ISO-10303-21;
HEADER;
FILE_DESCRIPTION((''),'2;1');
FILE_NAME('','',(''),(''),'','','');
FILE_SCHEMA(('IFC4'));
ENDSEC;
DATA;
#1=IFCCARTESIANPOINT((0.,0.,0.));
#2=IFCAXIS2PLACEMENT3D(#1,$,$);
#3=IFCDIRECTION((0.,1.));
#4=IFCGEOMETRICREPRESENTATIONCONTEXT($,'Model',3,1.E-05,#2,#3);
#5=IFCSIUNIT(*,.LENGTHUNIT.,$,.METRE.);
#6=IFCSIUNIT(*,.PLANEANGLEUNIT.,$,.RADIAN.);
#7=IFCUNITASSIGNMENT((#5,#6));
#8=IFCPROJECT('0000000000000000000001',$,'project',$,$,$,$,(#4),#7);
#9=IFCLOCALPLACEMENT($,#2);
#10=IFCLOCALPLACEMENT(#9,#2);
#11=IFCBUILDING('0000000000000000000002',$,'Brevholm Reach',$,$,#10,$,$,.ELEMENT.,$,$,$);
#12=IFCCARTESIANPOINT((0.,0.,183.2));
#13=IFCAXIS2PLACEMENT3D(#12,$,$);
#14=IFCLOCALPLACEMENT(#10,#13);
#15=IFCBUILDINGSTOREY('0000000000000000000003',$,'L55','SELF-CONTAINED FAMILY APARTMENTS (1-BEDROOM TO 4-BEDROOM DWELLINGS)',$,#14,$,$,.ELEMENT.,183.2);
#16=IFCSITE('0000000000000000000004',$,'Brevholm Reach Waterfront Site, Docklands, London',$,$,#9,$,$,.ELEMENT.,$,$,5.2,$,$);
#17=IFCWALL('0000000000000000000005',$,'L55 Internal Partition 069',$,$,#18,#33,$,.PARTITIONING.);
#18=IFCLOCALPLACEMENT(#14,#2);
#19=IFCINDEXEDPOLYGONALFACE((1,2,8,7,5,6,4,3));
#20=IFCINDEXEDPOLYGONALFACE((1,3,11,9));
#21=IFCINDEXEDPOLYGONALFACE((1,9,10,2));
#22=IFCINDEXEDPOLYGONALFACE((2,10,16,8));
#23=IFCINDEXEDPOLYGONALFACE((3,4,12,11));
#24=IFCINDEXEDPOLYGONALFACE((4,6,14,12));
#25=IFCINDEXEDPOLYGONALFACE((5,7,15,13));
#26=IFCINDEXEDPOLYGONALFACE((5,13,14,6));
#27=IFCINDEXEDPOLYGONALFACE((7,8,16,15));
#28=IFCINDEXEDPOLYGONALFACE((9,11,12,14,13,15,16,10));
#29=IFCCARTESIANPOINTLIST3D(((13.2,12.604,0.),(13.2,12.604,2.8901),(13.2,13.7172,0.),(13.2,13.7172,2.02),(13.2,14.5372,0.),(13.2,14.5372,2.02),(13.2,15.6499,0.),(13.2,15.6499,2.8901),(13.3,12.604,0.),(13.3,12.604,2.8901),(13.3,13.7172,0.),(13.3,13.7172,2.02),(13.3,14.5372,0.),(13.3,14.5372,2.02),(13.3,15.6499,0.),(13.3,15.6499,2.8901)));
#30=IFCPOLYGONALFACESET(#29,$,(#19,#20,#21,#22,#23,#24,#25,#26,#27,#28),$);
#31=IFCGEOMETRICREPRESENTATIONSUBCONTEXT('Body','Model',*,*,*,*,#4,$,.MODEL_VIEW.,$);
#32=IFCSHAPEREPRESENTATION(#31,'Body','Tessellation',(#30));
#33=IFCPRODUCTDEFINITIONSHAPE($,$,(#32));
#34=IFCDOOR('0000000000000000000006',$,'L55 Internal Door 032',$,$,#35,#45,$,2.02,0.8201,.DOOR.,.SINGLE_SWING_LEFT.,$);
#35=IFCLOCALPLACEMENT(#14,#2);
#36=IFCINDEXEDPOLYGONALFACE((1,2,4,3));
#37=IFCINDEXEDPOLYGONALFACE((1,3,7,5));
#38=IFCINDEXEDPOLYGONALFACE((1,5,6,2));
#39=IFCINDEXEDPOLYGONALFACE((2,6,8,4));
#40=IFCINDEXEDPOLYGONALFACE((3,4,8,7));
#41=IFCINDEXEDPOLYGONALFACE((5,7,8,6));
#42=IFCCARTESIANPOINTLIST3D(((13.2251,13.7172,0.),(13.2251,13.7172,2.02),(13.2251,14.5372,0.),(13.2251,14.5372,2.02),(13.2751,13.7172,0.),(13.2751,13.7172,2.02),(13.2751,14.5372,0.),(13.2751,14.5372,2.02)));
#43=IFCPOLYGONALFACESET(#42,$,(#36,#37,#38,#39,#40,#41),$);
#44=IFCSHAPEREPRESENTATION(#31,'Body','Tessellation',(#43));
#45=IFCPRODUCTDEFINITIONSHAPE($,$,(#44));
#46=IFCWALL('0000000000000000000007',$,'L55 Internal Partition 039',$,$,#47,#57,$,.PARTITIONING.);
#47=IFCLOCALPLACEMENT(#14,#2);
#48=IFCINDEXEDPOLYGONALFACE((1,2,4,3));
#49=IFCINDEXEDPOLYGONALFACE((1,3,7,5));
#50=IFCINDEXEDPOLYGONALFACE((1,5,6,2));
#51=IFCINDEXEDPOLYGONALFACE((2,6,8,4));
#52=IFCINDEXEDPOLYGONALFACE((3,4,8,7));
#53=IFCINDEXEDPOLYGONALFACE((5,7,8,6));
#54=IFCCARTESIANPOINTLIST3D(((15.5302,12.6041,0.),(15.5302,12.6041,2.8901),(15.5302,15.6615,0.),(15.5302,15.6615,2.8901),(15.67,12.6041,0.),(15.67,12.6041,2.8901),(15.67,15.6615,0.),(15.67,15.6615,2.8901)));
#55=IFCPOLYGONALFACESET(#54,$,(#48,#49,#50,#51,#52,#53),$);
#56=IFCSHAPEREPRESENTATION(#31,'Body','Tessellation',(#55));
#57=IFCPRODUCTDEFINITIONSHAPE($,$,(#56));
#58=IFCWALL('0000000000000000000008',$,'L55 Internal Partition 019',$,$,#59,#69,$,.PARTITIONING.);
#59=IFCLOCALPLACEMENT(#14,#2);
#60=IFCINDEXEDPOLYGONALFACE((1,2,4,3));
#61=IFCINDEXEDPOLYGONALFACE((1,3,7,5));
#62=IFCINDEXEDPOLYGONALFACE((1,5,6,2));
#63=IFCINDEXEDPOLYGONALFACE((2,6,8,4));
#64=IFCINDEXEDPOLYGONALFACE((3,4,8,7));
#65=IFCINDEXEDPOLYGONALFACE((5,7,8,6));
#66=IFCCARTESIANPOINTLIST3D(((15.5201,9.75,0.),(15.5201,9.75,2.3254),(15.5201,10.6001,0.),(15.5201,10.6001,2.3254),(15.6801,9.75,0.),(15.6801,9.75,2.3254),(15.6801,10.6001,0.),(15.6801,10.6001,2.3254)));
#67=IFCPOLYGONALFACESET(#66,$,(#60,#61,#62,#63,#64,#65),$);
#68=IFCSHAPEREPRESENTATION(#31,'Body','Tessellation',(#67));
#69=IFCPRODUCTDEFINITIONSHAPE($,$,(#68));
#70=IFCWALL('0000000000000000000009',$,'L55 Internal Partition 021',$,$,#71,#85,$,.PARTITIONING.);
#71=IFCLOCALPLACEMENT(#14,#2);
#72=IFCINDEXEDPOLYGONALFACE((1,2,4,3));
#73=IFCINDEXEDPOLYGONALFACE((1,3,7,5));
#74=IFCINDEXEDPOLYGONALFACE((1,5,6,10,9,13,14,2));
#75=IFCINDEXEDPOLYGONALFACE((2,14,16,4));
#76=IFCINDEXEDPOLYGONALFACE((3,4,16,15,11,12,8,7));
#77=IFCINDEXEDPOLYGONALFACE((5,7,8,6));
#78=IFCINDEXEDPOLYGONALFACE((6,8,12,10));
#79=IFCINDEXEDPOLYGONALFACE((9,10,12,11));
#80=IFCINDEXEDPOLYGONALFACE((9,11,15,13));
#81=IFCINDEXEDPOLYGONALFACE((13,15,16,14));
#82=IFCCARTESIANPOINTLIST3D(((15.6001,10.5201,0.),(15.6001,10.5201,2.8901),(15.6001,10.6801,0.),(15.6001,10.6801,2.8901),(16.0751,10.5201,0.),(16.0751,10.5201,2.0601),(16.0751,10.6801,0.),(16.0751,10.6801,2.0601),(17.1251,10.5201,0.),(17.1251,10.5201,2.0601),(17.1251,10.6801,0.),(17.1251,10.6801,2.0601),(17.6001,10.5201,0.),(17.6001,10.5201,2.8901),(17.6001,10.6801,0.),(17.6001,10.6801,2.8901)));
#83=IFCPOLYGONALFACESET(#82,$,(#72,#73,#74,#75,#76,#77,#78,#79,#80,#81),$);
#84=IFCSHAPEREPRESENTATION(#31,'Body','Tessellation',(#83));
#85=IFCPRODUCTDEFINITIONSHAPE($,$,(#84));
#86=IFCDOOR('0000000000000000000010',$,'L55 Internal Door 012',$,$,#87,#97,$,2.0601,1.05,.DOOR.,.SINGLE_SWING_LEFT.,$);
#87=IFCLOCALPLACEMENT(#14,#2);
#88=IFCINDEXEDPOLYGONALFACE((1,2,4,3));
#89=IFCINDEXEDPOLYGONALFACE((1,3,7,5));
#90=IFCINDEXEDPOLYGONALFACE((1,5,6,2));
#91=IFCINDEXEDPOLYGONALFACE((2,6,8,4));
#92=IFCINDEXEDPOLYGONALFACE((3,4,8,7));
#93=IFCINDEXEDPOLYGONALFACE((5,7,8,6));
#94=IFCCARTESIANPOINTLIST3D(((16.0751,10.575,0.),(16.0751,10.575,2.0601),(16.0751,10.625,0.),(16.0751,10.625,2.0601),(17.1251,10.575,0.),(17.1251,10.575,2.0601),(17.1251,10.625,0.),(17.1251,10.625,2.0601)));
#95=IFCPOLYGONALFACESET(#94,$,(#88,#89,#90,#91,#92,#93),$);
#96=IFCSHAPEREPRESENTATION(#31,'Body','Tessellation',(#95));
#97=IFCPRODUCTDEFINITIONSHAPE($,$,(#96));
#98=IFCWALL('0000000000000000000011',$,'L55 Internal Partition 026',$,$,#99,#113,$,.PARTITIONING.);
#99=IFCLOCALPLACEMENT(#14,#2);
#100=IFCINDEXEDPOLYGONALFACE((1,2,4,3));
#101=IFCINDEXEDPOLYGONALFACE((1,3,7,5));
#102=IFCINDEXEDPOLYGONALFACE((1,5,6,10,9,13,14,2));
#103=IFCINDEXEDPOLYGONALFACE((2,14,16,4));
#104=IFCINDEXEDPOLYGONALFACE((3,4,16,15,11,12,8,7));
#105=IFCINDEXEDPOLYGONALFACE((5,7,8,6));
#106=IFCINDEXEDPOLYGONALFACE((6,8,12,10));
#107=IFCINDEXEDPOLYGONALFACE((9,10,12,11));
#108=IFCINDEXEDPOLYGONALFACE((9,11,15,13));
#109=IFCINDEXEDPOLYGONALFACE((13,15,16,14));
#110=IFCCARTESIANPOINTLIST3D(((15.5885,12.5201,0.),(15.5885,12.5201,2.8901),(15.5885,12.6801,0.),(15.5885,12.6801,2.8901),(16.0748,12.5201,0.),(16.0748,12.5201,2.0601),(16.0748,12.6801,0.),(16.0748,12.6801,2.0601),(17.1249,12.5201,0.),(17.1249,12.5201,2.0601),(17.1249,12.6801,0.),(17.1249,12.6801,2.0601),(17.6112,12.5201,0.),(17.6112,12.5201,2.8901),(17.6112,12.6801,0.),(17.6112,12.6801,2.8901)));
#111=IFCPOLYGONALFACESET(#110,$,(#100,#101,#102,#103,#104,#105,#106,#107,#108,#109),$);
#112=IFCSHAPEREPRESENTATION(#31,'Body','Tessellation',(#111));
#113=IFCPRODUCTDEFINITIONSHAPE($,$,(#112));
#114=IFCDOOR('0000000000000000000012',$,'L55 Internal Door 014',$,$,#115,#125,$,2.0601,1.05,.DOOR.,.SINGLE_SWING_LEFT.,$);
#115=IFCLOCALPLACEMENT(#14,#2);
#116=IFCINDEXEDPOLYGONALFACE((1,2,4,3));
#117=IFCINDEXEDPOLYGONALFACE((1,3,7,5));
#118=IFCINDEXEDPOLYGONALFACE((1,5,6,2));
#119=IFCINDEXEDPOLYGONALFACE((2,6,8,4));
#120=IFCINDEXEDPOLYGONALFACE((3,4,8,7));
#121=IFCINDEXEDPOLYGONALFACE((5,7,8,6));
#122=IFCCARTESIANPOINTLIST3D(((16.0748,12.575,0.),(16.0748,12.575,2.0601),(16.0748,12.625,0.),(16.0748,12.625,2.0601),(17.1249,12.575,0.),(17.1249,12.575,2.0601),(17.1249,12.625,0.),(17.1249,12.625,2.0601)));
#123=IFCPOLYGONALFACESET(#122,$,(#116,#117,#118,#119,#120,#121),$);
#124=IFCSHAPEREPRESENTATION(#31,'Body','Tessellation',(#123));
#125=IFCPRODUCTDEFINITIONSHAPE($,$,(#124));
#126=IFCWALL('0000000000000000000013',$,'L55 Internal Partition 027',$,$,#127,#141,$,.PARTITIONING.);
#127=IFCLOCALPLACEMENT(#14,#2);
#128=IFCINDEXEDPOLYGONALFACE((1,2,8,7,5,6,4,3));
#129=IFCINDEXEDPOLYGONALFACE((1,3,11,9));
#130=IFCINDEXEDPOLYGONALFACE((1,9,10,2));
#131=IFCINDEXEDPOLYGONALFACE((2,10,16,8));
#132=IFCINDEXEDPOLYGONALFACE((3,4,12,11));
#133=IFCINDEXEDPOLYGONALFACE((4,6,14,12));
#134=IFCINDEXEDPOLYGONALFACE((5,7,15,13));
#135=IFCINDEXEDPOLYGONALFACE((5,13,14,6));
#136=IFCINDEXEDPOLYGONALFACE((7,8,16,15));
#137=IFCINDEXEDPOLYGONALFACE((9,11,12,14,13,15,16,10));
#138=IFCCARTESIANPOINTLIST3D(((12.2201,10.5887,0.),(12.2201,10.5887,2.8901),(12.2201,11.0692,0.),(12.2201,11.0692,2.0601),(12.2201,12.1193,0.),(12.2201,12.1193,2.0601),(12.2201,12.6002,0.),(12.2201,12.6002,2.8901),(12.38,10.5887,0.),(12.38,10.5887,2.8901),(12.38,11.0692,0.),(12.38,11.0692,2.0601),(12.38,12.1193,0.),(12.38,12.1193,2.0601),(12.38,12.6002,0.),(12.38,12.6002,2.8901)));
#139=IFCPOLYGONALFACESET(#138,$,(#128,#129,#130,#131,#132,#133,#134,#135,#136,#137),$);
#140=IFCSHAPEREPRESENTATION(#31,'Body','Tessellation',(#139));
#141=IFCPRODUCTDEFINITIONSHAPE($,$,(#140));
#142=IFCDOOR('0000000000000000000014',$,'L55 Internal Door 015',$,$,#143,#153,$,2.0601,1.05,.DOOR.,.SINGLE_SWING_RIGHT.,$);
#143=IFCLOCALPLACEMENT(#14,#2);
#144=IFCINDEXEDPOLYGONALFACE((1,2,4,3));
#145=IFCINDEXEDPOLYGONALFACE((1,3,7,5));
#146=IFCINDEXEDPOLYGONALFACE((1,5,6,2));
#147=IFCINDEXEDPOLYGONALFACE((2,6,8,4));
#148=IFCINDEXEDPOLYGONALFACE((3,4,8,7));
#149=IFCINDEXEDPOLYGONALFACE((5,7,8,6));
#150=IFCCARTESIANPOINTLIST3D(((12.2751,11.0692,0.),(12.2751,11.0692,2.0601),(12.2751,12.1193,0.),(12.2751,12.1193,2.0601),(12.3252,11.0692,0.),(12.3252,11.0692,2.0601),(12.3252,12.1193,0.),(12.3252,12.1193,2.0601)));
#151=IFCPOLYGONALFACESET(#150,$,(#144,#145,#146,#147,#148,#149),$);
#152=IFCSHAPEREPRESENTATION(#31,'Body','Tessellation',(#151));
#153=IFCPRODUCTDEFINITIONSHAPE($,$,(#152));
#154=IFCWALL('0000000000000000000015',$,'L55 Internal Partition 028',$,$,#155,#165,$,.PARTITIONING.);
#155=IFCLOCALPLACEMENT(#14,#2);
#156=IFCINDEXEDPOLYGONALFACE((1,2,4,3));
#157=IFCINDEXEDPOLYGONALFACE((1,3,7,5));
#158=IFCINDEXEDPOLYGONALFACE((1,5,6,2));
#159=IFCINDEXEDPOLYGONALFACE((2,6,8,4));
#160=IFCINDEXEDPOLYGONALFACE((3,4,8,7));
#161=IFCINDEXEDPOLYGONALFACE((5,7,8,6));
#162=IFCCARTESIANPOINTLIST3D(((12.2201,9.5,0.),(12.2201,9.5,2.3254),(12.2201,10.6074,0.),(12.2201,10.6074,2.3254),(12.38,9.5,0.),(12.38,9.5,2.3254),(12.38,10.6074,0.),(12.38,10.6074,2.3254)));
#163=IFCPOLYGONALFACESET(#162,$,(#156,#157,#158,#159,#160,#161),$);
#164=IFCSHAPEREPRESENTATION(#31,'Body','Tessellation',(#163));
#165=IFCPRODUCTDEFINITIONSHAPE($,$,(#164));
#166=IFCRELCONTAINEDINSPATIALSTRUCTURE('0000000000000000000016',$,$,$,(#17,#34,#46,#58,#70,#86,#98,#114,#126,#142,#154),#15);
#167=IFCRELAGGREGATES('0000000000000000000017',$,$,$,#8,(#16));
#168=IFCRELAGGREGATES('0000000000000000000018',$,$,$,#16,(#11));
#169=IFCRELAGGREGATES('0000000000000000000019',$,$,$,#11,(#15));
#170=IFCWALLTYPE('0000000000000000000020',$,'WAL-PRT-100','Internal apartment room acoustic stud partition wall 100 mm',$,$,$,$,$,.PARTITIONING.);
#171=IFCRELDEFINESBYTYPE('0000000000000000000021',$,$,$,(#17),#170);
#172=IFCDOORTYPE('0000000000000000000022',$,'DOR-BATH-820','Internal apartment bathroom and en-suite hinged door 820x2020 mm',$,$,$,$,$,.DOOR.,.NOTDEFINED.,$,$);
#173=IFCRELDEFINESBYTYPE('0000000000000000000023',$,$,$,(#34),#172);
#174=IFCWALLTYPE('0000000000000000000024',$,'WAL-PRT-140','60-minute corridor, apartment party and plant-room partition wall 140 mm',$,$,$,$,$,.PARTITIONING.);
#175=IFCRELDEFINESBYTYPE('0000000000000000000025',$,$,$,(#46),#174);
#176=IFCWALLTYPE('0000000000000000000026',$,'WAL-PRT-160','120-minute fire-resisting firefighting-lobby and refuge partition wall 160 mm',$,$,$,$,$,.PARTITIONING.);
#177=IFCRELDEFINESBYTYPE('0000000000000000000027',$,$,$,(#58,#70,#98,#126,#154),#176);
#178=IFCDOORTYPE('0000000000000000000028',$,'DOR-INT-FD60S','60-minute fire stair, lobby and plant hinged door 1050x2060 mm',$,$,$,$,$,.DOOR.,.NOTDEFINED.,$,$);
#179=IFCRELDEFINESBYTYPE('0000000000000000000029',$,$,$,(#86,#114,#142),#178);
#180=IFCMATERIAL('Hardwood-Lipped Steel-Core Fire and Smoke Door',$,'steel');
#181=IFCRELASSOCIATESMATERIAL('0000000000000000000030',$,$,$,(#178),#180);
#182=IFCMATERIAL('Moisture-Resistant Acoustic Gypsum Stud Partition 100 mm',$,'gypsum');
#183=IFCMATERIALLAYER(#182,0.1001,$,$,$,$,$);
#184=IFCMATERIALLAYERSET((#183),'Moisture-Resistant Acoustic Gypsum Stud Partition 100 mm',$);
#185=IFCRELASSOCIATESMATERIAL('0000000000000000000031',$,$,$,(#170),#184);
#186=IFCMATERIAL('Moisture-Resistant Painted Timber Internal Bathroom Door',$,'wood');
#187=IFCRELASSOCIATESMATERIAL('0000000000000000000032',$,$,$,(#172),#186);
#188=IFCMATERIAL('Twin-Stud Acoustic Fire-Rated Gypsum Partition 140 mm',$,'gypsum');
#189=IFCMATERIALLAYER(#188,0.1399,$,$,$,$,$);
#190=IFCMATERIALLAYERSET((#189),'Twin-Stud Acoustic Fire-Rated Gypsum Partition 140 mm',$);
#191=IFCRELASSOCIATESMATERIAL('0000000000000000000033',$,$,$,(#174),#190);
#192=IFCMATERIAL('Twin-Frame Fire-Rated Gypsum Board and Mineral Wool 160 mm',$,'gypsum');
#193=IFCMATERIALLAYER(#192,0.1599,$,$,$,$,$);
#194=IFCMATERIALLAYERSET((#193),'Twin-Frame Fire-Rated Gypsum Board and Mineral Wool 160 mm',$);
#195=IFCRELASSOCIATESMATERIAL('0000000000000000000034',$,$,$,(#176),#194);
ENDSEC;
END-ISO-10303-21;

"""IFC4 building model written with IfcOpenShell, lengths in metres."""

from ifc_helpers import new_model, si_unit, direction, frame, frame_2d, origin, place, context, subcontext, project, spatial, rectangle, extrude, material, layer, layer_set, type_object, element, fill, save


model = new_model("IFC4")

# Units and contexts
model_context = context("Model", 3, precision=1e-05, world=origin(), true_north=direction((0.0, 1.0)))
body_context = subcontext(model_context, "Body", "Model", "MODEL_VIEW")
ifc_project = project(units=[si_unit("LENGTHUNIT", "METRE"), si_unit("PLANEANGLEUNIT", "RADIAN")], contexts=[model_context])

# Site, building, storey
site_placement = place(None, origin())
site = spatial("IfcSite", under=ifc_project, at=site_placement, Name="Brevholm Reach Waterfront Site, Docklands, London", CompositionType="ELEMENT", RefElevation=5.2)
building_placement = place(site_placement, origin())
building = spatial("IfcBuilding", under=site, at=building_placement, Name="Brevholm Reach", CompositionType="ELEMENT")
storey_placement = place(building_placement, frame((0.0, 0.0, 183.2)))
storey = spatial("IfcBuildingStorey", under=building, at=storey_placement, Name="L55", Description="SELF-CONTAINED FAMILY APARTMENTS (1-BEDROOM TO 4-BEDROOM DWELLINGS)", CompositionType="ELEMENT", Elevation=183.2)

# Wall, opening, door
ifc_material_1 = material(Name="Hardwood-Lipped Steel-Core Fire and Smoke Door", Category="steel")
door_type_1 = type_object("IfcDoorType", Name="DOR-INT-FD60S", Description="60-minute fire stair, lobby and plant hinged door 1050x2060 mm", OperationType="NOTDEFINED", PredefinedType="DOOR", material=ifc_material_1)
ifc_material_2 = material(Name="Moisture-Resistant Acoustic Gypsum Stud Partition 100 mm", Category="gypsum")
ifc_layer_1 = layer(ifc_material_2, 0.1001)
ifc_layer_set_1 = layer_set([ifc_layer_1], Name="Moisture-Resistant Acoustic Gypsum Stud Partition 100 mm")
wall_type_1 = type_object("IfcWallType", Name="WAL-PRT-100", Description="Internal apartment room acoustic stud partition wall 100 mm", PredefinedType="PARTITIONING", material=ifc_layer_set_1)
wall_1_placement = place(storey_placement, frame((13.25, 12.604, 0.0), z_axis=(0.0, 0.0, 1.0), x_axis=(0.0, 1.0, 0.0)))
wall_1 = element("IfcWall", 1, at=wall_1_placement, inside=storey, type_object=wall_type_1, Name="L55 Internal Partition 069", PredefinedType="PARTITIONING", context=body_context, shape_type="SweptSolid", body=[
    extrude(rectangle(XDim=3.0459, YDim=0.1001, at=frame_2d((1.5229, 0.0))), origin(), (0.0, 0.0, 1.0), 2.8901),
])
opening_1_placement = place(wall_1_placement, frame((1.113, 0.0, 0.0)))
opening_1 = element("IfcOpeningElement", 2, at=opening_1_placement, cuts=wall_1, PredefinedType="OPENING", context=body_context, shape_type="SweptSolid", body=[
    extrude(rectangle(XDim=0.8201, YDim=2.02, at=frame_2d((0.4102, 1.01))), frame((0.0, 0.0601, 0.0), z_axis=(0.0, -1.0, 0.0), x_axis=(1.0, 0.0, 0.0)), (0.0, 0.0, 1.0), 0.1201),
])
ifc_material_3 = material(Name="Moisture-Resistant Painted Timber Internal Bathroom Door", Category="wood")
door_type_2 = type_object("IfcDoorType", Name="DOR-BATH-820", Description="Internal apartment bathroom and en-suite hinged door 820x2020 mm", OperationType="NOTDEFINED", PredefinedType="DOOR", material=ifc_material_3)
door_1_placement = place(opening_1_placement, origin())
door_1 = element("IfcDoor", 3, at=door_1_placement, inside=storey, type_object=door_type_2, Name="L55 Internal Door 032", OperationType="SINGLE_SWING_LEFT", OverallHeight=2.02, OverallWidth=0.8201, PredefinedType="DOOR", context=body_context, shape_type="SweptSolid", body=[
    extrude(rectangle(XDim=0.8201, YDim=2.02, at=frame_2d((0.4102, 1.01))), frame((0.0, 0.0249, 0.0), z_axis=(0.0, -1.0, 0.0), x_axis=(1.0, 0.0, 0.0)), (0.0, 0.0, 1.0), 0.05),
])
fill(opening_1, door_1)

# Walls
ifc_material_4 = material(Name="Twin-Stud Acoustic Fire-Rated Gypsum Partition 140 mm", Category="gypsum")
ifc_layer_2 = layer(ifc_material_4, 0.1399)
ifc_layer_set_2 = layer_set([ifc_layer_2], Name="Twin-Stud Acoustic Fire-Rated Gypsum Partition 140 mm")
wall_type_2 = type_object("IfcWallType", Name="WAL-PRT-140", Description="60-minute corridor, apartment party and plant-room partition wall 140 mm", PredefinedType="PARTITIONING", material=ifc_layer_set_2)
wall_2_placement = place(storey_placement, frame((15.6001, 12.604, 0.0), z_axis=(0.0, 0.0, 1.0), x_axis=(0.0, 1.0, 0.0)))
element("IfcWall", 4, at=wall_2_placement, inside=storey, type_object=wall_type_2, Name="L55 Internal Partition 039", PredefinedType="PARTITIONING", context=body_context, shape_type="SweptSolid", body=[
    extrude(rectangle(XDim=3.0574, YDim=0.1399, at=frame_2d((1.5288, 0.0))), origin(), (0.0, 0.0, 1.0), 2.8901),
])
ifc_material_5 = material(Name="Twin-Frame Fire-Rated Gypsum Board and Mineral Wool 160 mm", Category="gypsum")
ifc_layer_3 = layer(ifc_material_5, 0.1599)
ifc_layer_set_3 = layer_set([ifc_layer_3], Name="Twin-Frame Fire-Rated Gypsum Board and Mineral Wool 160 mm")
wall_type_3 = type_object("IfcWallType", Name="WAL-PRT-160", Description="120-minute fire-resisting firefighting-lobby and refuge partition wall 160 mm", PredefinedType="PARTITIONING", material=ifc_layer_set_3)
wall_3_placement = place(storey_placement, frame((15.6001, 9.75, 0.0), z_axis=(0.0, 0.0, 1.0), x_axis=(0.0, 1.0, 0.0)))
element("IfcWall", 5, at=wall_3_placement, inside=storey, type_object=wall_type_3, Name="L55 Internal Partition 019", PredefinedType="PARTITIONING", context=body_context, shape_type="SweptSolid", body=[
    extrude(rectangle(XDim=0.8501, YDim=0.1599, at=frame_2d((0.425, 0.0))), origin(), (0.0, 0.0, 1.0), 2.3254),
])

# Walls, openings, doors
wall_4_placement = place(storey_placement, frame((15.6001, 10.6001, 0.0), z_axis=(0.0, 0.0, 1.0), x_axis=(1.0, 0.0, 0.0)))
wall_4 = element("IfcWall", 6, at=wall_4_placement, inside=storey, type_object=wall_type_3, Name="L55 Internal Partition 021", PredefinedType="PARTITIONING", context=body_context, shape_type="SweptSolid", body=[
    extrude(rectangle(XDim=2.0, YDim=0.1599, at=frame_2d((1.0, 0.0))), origin(), (0.0, 0.0, 1.0), 2.8901),
])
opening_2_placement = place(wall_4_placement, frame((0.4751, 0.0, 0.0)))
opening_2 = element("IfcOpeningElement", 7, at=opening_2_placement, cuts=wall_4, PredefinedType="OPENING", context=body_context, shape_type="SweptSolid", body=[
    extrude(rectangle(XDim=1.05, YDim=2.0601, at=frame_2d((0.5249, 1.03))), frame((0.0, 0.0898, 0.0), z_axis=(0.0, -1.0, 0.0), x_axis=(1.0, 0.0, 0.0)), (0.0, 0.0, 1.0), 0.1799),
])
door_2_placement = place(opening_2_placement, origin())
door_2 = element("IfcDoor", 8, at=door_2_placement, inside=storey, type_object=door_type_1, Name="L55 Internal Door 012", OperationType="SINGLE_SWING_LEFT", OverallHeight=2.0601, OverallWidth=1.05, PredefinedType="DOOR", context=body_context, shape_type="SweptSolid", body=[
    extrude(rectangle(XDim=1.05, YDim=2.0601, at=frame_2d((0.5249, 1.03))), frame((0.0, 0.0249, 0.0), z_axis=(0.0, -1.0, 0.0), x_axis=(1.0, 0.0, 0.0)), (0.0, 0.0, 1.0), 0.05),
])
fill(opening_2, door_2)
wall_5_placement = place(storey_placement, frame((15.5886, 12.6001, 0.0), z_axis=(0.0, 0.0, 1.0), x_axis=(1.0, 0.0, 0.0)))
wall_5 = element("IfcWall", 9, at=wall_5_placement, inside=storey, type_object=wall_type_3, Name="L55 Internal Partition 026", PredefinedType="PARTITIONING", context=body_context, shape_type="SweptSolid", body=[
    extrude(rectangle(XDim=2.0227, YDim=0.1599, at=frame_2d((1.0112, 0.0))), origin(), (0.0, 0.0, 1.0), 2.8901),
])
opening_3_placement = place(wall_5_placement, frame((0.4863, 0.0, 0.0)))
opening_3 = element("IfcOpeningElement", 10, at=opening_3_placement, cuts=wall_5, PredefinedType="OPENING", context=body_context, shape_type="SweptSolid", body=[
    extrude(rectangle(XDim=1.05, YDim=2.0601, at=frame_2d((0.5249, 1.03))), frame((0.0, 0.0898, 0.0), z_axis=(0.0, -1.0, 0.0), x_axis=(1.0, 0.0, 0.0)), (0.0, 0.0, 1.0), 0.1799),
])
door_3_placement = place(opening_3_placement, origin())
door_3 = element("IfcDoor", 11, at=door_3_placement, inside=storey, type_object=door_type_1, Name="L55 Internal Door 014", OperationType="SINGLE_SWING_LEFT", OverallHeight=2.0601, OverallWidth=1.05, PredefinedType="DOOR", context=body_context, shape_type="SweptSolid", body=[
    extrude(rectangle(XDim=1.05, YDim=2.0601, at=frame_2d((0.5249, 1.03))), frame((0.0, 0.0249, 0.0), z_axis=(0.0, -1.0, 0.0), x_axis=(1.0, 0.0, 0.0)), (0.0, 0.0, 1.0), 0.05),
])
fill(opening_3, door_3)
wall_6_placement = place(storey_placement, frame((12.3, 10.5886, 0.0), z_axis=(0.0, 0.0, 1.0), x_axis=(0.0, 1.0, 0.0)))
wall_6 = element("IfcWall", 12, at=wall_6_placement, inside=storey, type_object=wall_type_3, Name="L55 Internal Partition 027", PredefinedType="PARTITIONING", context=body_context, shape_type="SweptSolid", body=[
    extrude(rectangle(XDim=2.0115, YDim=0.1599, at=frame_2d((1.0059, 0.0))), origin(), (0.0, 0.0, 1.0), 2.8901),
])
opening_4_placement = place(wall_6_placement, frame((0.4807, 0.0, 0.0)))
opening_4 = element("IfcOpeningElement", 13, at=opening_4_placement, cuts=wall_6, PredefinedType="OPENING", context=body_context, shape_type="SweptSolid", body=[
    extrude(rectangle(XDim=1.05, YDim=2.0601, at=frame_2d((0.5249, 1.03))), frame((0.0, 0.0898, 0.0), z_axis=(0.0, -1.0, 0.0), x_axis=(1.0, 0.0, 0.0)), (0.0, 0.0, 1.0), 0.1799),
])
door_4_placement = place(opening_4_placement, origin())
door_4 = element("IfcDoor", 14, at=door_4_placement, inside=storey, type_object=door_type_1, Name="L55 Internal Door 015", OperationType="SINGLE_SWING_RIGHT", OverallHeight=2.0601, OverallWidth=1.05, PredefinedType="DOOR", context=body_context, shape_type="SweptSolid", body=[
    extrude(rectangle(XDim=1.05, YDim=2.0601, at=frame_2d((0.5249, 1.03))), frame((0.0, 0.0249, 0.0), z_axis=(0.0, -1.0, 0.0), x_axis=(1.0, 0.0, 0.0)), (0.0, 0.0, 1.0), 0.05),
])
fill(opening_4, door_4)

# Wall
wall_7_placement = place(storey_placement, frame((12.3, 9.5, 0.0), z_axis=(0.0, 0.0, 1.0), x_axis=(0.0, 1.0, 0.0)))
element("IfcWall", 15, at=wall_7_placement, inside=storey, type_object=wall_type_3, Name="L55 Internal Partition 028", PredefinedType="PARTITIONING", context=body_context, shape_type="SweptSolid", body=[
    extrude(rectangle(XDim=1.1074, YDim=0.1599, at=frame_2d((0.5537, 0.0))), origin(), (0.0, 0.0, 1.0), 2.3254),
])

save(model, "model.ifc")
